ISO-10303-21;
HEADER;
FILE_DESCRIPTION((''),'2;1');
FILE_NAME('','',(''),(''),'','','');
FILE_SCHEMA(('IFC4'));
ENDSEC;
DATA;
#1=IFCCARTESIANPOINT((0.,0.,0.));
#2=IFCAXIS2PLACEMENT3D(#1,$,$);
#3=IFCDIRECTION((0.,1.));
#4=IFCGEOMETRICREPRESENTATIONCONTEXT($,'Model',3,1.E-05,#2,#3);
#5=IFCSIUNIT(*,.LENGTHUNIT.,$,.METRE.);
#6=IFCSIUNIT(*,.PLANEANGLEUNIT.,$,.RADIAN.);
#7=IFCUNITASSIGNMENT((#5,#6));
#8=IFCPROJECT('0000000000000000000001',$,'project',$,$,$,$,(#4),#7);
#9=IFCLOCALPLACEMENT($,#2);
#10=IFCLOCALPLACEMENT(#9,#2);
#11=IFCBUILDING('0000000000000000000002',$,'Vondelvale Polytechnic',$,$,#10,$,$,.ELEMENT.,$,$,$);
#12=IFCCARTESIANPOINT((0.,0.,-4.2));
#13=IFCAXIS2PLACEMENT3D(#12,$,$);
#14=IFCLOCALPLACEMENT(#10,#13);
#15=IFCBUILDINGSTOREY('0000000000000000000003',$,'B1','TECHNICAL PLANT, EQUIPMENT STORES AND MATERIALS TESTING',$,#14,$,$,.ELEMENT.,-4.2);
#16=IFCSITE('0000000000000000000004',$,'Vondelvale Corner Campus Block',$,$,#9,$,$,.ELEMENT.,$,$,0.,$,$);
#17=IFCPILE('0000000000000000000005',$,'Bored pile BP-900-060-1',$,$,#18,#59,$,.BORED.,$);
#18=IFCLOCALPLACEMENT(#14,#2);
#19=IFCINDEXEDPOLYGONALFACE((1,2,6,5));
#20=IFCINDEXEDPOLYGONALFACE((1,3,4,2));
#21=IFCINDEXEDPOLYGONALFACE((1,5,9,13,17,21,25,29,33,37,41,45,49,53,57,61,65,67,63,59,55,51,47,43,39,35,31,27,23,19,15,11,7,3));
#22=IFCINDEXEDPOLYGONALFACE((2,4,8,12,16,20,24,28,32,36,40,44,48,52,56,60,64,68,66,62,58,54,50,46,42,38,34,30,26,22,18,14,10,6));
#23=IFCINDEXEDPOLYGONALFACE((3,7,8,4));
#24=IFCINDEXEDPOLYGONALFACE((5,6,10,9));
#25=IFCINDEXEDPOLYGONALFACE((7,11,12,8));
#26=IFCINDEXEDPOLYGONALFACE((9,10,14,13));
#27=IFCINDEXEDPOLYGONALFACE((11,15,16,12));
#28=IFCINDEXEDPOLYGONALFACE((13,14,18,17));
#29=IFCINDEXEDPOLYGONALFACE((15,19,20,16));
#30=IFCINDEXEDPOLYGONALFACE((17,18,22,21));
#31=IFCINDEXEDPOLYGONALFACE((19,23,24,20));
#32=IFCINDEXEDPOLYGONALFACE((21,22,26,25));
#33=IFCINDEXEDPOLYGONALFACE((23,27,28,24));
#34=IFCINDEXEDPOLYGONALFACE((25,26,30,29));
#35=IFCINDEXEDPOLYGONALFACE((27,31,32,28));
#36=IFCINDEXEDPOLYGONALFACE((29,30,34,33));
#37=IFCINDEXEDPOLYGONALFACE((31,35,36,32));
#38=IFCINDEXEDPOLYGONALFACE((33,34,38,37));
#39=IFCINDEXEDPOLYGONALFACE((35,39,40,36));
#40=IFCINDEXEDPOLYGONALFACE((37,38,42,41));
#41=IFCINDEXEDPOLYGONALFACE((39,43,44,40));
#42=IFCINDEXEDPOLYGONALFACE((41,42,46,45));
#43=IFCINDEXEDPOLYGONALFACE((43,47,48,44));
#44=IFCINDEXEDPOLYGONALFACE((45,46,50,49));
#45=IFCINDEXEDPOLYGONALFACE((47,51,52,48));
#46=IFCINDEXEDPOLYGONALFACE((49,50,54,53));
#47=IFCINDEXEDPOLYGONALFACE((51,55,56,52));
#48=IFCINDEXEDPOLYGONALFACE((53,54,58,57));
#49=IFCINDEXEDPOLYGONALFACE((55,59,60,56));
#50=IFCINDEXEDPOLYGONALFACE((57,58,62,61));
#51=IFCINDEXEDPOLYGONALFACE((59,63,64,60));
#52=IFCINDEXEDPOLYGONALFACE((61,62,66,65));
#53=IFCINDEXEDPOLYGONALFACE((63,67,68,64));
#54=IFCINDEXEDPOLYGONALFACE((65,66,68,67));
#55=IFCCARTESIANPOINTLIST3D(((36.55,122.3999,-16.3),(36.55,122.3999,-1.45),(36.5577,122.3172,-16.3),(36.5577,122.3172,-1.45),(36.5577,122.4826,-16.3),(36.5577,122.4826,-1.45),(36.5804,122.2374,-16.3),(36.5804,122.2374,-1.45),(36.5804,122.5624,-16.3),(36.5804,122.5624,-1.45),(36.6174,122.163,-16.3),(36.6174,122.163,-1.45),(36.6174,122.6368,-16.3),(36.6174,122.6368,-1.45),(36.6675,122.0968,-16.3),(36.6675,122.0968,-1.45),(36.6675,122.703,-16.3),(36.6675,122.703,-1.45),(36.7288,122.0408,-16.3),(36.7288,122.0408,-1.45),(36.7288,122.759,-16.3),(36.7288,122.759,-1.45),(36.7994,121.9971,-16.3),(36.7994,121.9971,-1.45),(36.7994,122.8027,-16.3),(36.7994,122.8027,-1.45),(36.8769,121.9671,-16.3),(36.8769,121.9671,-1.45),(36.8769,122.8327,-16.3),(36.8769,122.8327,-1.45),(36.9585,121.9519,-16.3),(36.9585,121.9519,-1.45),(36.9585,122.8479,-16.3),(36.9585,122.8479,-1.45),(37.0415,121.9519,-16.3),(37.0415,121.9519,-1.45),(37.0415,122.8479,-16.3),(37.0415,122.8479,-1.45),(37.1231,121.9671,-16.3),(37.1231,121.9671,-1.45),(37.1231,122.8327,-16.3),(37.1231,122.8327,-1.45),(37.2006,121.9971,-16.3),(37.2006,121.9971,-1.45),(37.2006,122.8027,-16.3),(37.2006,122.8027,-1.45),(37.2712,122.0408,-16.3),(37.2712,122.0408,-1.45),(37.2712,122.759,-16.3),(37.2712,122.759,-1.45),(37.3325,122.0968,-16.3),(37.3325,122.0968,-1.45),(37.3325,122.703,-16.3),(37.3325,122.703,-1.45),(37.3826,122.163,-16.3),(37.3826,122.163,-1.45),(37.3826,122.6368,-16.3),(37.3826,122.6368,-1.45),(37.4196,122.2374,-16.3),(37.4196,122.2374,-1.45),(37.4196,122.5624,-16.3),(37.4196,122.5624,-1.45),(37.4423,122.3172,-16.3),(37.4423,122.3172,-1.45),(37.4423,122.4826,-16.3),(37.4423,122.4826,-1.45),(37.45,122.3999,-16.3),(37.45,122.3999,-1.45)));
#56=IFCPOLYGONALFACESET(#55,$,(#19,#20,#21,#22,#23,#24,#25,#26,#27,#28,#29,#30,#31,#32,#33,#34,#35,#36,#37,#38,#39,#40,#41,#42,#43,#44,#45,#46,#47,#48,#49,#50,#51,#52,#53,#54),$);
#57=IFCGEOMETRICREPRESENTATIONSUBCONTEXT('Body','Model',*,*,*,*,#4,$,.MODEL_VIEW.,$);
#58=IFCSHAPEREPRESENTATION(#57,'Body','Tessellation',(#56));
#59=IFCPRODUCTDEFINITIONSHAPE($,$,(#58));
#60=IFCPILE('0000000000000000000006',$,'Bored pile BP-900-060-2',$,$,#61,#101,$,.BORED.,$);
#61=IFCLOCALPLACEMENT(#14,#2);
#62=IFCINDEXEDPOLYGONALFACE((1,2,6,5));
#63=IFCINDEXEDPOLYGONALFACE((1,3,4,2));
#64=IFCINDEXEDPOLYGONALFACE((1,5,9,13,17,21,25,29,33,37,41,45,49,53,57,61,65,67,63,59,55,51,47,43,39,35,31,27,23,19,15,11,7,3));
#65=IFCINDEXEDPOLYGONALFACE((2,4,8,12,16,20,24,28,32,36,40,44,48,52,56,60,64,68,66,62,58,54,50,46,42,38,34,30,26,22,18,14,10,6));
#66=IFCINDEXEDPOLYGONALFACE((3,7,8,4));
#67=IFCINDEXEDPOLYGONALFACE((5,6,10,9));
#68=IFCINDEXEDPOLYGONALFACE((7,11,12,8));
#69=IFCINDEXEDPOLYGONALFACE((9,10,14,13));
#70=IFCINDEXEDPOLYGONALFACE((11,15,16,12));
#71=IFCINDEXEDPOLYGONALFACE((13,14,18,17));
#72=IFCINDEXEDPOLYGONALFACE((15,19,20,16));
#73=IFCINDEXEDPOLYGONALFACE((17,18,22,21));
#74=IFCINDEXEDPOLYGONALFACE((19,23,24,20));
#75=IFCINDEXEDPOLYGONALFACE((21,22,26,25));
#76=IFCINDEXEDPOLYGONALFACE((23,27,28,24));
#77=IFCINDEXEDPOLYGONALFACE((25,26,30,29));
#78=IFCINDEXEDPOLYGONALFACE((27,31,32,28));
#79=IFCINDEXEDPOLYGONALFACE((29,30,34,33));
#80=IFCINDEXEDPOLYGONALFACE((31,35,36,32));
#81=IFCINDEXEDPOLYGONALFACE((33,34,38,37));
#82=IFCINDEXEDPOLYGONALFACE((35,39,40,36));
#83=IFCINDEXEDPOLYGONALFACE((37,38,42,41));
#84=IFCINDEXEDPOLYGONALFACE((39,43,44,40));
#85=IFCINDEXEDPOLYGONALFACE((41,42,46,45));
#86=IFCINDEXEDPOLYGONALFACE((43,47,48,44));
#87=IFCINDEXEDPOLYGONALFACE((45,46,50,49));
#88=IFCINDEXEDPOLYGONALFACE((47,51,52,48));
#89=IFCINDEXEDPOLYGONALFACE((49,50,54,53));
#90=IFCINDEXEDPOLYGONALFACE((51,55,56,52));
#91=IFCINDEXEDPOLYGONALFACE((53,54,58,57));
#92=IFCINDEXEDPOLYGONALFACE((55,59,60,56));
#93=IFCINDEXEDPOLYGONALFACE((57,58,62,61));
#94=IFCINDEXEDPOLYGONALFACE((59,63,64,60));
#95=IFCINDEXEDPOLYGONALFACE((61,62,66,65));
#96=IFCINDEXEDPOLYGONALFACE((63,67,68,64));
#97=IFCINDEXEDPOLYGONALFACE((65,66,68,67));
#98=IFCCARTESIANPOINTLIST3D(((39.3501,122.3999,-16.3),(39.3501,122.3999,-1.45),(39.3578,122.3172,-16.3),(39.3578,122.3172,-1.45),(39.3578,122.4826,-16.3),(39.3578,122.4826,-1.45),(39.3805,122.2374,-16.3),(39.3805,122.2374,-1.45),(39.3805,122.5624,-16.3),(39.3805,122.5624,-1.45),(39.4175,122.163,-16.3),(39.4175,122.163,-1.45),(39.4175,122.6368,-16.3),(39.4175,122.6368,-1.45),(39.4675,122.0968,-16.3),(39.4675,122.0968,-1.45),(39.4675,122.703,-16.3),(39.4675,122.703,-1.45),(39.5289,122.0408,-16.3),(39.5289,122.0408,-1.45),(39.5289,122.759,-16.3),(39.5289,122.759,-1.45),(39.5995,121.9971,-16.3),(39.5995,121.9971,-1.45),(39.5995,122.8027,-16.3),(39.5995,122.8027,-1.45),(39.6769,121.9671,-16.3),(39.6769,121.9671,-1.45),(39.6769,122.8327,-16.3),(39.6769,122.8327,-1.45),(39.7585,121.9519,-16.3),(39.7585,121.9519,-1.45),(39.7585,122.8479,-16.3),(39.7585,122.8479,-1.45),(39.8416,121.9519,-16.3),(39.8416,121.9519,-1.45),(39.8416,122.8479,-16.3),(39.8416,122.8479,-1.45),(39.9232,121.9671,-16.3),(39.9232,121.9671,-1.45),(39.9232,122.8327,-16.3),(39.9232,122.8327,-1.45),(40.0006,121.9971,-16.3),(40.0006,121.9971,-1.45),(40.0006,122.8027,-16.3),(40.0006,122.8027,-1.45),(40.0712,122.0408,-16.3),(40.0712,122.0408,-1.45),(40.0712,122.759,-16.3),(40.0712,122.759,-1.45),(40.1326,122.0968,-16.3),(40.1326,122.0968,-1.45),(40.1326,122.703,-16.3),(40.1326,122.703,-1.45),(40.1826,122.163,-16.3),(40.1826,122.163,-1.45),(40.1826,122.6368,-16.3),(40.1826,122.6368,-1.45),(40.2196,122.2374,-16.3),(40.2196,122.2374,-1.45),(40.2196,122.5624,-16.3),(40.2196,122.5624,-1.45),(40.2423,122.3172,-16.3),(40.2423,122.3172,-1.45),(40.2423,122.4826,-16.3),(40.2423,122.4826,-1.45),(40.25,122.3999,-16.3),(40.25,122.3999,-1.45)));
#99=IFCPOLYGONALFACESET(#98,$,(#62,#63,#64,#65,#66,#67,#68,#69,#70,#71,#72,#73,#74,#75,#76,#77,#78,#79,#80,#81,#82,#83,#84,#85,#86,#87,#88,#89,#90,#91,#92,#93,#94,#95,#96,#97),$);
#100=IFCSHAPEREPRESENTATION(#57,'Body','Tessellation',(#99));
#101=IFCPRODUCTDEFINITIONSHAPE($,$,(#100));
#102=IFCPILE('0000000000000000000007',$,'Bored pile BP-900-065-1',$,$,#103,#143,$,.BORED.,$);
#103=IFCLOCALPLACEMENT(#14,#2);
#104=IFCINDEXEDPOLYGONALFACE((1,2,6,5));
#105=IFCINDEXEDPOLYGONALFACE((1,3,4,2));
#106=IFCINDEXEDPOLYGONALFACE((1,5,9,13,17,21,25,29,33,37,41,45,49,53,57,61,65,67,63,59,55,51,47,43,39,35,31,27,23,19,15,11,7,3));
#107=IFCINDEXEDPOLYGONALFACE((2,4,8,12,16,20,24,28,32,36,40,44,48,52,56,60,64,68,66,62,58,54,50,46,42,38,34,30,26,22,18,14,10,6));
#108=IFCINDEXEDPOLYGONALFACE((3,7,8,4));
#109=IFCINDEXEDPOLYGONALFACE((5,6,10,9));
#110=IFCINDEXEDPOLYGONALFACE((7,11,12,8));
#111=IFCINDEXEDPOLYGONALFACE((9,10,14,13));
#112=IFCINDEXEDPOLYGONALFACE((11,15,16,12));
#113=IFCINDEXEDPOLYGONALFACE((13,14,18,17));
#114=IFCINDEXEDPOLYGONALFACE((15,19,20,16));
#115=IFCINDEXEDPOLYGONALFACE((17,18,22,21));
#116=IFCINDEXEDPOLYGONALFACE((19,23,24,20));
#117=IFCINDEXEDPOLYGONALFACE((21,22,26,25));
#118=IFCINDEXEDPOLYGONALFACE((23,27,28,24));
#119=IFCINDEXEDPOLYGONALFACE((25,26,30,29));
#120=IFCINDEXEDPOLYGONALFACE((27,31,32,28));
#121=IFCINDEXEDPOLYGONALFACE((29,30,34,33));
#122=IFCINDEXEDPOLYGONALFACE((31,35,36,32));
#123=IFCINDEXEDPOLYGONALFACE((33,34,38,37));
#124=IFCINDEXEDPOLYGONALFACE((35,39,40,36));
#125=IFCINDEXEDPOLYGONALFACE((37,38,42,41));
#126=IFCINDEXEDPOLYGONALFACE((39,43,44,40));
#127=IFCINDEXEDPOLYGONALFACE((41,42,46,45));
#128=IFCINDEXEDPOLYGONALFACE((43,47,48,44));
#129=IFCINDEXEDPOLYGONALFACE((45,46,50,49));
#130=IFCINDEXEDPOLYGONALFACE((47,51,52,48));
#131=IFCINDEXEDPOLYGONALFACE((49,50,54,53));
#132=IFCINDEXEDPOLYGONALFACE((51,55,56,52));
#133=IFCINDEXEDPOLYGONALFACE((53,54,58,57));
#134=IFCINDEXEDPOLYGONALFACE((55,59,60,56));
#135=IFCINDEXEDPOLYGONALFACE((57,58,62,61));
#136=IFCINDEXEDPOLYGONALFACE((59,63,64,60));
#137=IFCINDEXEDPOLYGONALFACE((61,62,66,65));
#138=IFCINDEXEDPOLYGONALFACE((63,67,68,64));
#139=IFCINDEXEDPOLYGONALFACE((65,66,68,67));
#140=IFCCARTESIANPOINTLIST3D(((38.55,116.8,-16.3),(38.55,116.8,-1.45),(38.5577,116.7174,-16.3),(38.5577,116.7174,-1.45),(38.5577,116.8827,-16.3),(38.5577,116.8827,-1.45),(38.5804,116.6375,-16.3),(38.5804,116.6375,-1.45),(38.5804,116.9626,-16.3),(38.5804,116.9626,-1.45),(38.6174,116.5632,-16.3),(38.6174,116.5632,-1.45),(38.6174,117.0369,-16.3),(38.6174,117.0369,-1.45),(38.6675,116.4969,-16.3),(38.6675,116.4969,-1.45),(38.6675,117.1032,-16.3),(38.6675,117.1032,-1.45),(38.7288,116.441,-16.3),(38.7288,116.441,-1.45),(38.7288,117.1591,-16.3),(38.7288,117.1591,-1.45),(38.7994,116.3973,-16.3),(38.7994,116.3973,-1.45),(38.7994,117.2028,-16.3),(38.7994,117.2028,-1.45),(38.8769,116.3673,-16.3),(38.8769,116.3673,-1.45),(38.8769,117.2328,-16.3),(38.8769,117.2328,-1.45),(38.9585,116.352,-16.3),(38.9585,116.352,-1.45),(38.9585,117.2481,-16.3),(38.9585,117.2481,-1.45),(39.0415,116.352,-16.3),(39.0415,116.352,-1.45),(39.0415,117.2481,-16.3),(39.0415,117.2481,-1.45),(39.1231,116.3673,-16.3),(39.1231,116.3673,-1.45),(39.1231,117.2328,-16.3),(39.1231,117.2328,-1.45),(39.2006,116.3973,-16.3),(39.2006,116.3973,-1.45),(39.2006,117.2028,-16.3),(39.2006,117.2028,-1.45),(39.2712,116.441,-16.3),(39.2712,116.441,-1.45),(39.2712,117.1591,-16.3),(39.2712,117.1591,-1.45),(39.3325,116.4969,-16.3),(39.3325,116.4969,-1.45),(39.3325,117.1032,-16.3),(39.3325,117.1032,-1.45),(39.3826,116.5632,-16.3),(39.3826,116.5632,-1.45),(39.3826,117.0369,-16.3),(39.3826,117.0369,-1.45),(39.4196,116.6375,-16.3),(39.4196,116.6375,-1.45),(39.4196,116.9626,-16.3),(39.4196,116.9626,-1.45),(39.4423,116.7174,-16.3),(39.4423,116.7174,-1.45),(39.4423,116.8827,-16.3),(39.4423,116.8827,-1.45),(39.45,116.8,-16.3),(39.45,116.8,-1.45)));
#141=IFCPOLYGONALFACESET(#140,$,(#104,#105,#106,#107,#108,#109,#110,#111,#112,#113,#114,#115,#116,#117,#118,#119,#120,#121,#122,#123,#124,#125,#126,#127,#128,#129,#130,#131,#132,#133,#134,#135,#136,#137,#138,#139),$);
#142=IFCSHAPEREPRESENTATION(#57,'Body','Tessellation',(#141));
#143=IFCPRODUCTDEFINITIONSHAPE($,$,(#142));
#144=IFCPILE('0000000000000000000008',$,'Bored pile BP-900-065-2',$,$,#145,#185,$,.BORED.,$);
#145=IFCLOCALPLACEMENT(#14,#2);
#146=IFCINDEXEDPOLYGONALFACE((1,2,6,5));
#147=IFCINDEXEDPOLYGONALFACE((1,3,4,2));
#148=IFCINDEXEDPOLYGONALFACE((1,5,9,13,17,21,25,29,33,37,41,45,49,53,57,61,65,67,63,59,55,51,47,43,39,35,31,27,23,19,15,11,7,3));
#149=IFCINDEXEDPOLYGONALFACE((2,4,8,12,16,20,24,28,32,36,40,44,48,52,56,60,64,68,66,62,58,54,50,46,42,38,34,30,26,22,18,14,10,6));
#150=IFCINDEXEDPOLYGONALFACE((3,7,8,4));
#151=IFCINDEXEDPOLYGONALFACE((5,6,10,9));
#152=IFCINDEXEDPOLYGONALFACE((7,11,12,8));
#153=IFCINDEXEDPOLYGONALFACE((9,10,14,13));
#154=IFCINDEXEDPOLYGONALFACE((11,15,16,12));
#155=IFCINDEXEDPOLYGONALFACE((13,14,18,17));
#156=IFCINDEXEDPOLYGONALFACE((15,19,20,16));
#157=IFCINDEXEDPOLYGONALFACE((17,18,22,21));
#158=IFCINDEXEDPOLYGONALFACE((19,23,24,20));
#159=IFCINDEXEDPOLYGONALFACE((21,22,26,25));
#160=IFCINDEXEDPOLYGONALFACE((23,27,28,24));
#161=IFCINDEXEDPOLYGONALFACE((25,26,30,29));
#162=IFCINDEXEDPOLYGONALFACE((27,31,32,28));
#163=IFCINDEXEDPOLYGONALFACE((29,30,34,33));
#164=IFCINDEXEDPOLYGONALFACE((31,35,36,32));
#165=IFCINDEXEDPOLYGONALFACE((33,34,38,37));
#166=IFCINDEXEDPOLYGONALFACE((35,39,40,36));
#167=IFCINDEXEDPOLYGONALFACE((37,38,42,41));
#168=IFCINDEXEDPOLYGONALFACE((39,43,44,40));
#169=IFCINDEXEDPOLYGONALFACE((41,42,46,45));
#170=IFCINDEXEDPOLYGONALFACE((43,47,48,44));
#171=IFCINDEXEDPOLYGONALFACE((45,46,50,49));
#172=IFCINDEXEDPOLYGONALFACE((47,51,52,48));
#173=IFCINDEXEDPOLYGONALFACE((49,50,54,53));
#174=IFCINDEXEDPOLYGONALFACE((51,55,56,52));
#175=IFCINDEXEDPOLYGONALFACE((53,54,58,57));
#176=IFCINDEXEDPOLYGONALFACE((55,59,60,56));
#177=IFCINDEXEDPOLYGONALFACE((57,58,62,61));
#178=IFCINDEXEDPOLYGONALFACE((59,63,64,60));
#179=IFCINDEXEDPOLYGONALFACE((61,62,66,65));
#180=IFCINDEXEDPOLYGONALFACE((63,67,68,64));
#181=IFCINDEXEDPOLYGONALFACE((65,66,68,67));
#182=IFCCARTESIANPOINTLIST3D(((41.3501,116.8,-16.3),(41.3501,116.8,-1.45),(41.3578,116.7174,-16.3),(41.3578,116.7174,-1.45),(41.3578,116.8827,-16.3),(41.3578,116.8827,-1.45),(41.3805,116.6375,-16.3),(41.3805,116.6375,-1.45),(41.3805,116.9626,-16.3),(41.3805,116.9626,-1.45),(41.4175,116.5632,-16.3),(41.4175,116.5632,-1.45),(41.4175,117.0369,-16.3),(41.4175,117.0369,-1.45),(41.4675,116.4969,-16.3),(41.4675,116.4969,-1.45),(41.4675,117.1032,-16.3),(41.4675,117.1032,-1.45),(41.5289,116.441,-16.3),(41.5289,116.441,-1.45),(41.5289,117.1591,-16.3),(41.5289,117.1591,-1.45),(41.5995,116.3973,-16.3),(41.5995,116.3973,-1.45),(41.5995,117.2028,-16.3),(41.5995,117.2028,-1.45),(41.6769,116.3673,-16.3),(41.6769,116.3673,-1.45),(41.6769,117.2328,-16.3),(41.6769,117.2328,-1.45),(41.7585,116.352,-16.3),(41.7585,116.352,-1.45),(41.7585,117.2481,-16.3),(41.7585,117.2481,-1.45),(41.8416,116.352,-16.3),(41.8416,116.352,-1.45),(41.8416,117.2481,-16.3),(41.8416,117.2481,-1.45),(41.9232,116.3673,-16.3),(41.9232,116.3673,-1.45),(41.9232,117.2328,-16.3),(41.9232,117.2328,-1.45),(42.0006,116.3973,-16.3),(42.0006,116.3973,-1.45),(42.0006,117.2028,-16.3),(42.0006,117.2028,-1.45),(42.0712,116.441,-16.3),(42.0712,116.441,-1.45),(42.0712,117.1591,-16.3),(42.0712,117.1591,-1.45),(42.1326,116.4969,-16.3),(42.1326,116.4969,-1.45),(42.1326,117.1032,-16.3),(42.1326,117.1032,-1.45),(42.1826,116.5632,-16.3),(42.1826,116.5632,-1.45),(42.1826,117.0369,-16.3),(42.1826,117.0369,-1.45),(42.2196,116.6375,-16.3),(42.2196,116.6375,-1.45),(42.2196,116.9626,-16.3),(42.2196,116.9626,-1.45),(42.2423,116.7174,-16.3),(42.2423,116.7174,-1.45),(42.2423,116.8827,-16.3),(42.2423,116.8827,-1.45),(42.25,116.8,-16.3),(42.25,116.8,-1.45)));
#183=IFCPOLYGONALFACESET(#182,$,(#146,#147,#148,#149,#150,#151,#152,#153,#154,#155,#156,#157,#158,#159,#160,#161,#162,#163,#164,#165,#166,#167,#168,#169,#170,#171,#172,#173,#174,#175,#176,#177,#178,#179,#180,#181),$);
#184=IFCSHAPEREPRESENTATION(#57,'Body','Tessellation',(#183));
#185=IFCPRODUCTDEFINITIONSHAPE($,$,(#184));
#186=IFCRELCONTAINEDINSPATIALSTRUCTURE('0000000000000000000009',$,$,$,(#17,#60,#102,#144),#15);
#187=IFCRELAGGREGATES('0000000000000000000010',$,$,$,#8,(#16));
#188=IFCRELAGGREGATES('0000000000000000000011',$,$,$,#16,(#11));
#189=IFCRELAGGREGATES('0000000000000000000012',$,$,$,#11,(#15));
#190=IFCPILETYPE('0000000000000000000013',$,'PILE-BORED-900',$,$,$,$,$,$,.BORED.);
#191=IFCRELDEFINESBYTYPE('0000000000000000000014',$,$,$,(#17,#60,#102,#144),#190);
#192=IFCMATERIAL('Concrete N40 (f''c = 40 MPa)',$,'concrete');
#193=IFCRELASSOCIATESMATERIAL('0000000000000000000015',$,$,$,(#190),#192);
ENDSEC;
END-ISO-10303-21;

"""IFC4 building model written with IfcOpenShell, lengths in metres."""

from ifc_helpers import new_model, si_unit, direction, frame, origin, origin_2d, place, context, subcontext, project, spatial, circle, extrude, material, material_profile, profile_set, type_object, element, save


model = new_model("IFC4")

# Units and contexts
model_context = context("Model", 3, precision=1e-05, world=origin(), true_north=direction((0.0, 1.0)))
body_context = subcontext(model_context, "Body", "Model", "MODEL_VIEW")
ifc_project = project(units=[si_unit("LENGTHUNIT", "METRE"), si_unit("PLANEANGLEUNIT", "RADIAN")], contexts=[model_context])

# Site, building, storey
site_placement = place(None, origin())
site = spatial("IfcSite", under=ifc_project, at=site_placement, Name="Vondelvale Corner Campus Block", CompositionType="ELEMENT", RefElevation=0.0)
building_placement = place(site_placement, origin())
building = spatial("IfcBuilding", under=site, at=building_placement, Name="Vondelvale Polytechnic", CompositionType="ELEMENT")
storey_placement = place(building_placement, frame((0.0, 0.0, -4.2)))
storey = spatial("IfcBuildingStorey", under=building, at=storey_placement, Name="B1", Description="TECHNICAL PLANT, EQUIPMENT STORES AND MATERIALS TESTING", CompositionType="ELEMENT", Elevation=-4.2)

# Shared definitions
ifc_material_1 = material(Name="Concrete N40 (f'c = 40 MPa)", Category="concrete")

# Piles
ifc_material_profile_1 = material_profile(ifc_material_1, circle(Radius=0.45, at=origin_2d()), Name="PILE-D900")
ifc_profile_set_1 = profile_set([ifc_material_profile_1], Name="Concrete N40 (f'c = 40 MPa)")
pile_type = type_object("IfcPileType", Name="PILE-BORED-900", PredefinedType="BORED", material=ifc_profile_set_1)
for number, where, z_axis, x_axis, name in (
    (1, (37.0, 122.3999, -1.45), (0.0, 0.0, -1.0), (1.0, 0.0, 0.0), "Bored pile BP-900-060-1"),
    (2, (39.8, 122.3999, -1.45), (0.0, 0.0, -1.0), (1.0, 0.0, 0.0), "Bored pile BP-900-060-2"),
    (3, (39.0, 116.8, -1.45), (0.0, 0.0, -1.0), (1.0, 0.0, 0.0), "Bored pile BP-900-065-1"),
    (4, (41.8, 116.8, -1.45), (0.0, 0.0, -1.0), (1.0, 0.0, 0.0), "Bored pile BP-900-065-2"),
):
    element("IfcPile", number, at=place(storey_placement, frame(where, z_axis=z_axis, x_axis=x_axis)), inside=storey, type_object=pile_type, Name=name, PredefinedType="BORED", context=body_context, shape_type="SweptSolid", body=[
        extrude(circle(Radius=0.45, at=origin_2d()), origin(), (0.0, 0.0, 1.0), 14.8501),
    ])

save(model, "model.ifc")
